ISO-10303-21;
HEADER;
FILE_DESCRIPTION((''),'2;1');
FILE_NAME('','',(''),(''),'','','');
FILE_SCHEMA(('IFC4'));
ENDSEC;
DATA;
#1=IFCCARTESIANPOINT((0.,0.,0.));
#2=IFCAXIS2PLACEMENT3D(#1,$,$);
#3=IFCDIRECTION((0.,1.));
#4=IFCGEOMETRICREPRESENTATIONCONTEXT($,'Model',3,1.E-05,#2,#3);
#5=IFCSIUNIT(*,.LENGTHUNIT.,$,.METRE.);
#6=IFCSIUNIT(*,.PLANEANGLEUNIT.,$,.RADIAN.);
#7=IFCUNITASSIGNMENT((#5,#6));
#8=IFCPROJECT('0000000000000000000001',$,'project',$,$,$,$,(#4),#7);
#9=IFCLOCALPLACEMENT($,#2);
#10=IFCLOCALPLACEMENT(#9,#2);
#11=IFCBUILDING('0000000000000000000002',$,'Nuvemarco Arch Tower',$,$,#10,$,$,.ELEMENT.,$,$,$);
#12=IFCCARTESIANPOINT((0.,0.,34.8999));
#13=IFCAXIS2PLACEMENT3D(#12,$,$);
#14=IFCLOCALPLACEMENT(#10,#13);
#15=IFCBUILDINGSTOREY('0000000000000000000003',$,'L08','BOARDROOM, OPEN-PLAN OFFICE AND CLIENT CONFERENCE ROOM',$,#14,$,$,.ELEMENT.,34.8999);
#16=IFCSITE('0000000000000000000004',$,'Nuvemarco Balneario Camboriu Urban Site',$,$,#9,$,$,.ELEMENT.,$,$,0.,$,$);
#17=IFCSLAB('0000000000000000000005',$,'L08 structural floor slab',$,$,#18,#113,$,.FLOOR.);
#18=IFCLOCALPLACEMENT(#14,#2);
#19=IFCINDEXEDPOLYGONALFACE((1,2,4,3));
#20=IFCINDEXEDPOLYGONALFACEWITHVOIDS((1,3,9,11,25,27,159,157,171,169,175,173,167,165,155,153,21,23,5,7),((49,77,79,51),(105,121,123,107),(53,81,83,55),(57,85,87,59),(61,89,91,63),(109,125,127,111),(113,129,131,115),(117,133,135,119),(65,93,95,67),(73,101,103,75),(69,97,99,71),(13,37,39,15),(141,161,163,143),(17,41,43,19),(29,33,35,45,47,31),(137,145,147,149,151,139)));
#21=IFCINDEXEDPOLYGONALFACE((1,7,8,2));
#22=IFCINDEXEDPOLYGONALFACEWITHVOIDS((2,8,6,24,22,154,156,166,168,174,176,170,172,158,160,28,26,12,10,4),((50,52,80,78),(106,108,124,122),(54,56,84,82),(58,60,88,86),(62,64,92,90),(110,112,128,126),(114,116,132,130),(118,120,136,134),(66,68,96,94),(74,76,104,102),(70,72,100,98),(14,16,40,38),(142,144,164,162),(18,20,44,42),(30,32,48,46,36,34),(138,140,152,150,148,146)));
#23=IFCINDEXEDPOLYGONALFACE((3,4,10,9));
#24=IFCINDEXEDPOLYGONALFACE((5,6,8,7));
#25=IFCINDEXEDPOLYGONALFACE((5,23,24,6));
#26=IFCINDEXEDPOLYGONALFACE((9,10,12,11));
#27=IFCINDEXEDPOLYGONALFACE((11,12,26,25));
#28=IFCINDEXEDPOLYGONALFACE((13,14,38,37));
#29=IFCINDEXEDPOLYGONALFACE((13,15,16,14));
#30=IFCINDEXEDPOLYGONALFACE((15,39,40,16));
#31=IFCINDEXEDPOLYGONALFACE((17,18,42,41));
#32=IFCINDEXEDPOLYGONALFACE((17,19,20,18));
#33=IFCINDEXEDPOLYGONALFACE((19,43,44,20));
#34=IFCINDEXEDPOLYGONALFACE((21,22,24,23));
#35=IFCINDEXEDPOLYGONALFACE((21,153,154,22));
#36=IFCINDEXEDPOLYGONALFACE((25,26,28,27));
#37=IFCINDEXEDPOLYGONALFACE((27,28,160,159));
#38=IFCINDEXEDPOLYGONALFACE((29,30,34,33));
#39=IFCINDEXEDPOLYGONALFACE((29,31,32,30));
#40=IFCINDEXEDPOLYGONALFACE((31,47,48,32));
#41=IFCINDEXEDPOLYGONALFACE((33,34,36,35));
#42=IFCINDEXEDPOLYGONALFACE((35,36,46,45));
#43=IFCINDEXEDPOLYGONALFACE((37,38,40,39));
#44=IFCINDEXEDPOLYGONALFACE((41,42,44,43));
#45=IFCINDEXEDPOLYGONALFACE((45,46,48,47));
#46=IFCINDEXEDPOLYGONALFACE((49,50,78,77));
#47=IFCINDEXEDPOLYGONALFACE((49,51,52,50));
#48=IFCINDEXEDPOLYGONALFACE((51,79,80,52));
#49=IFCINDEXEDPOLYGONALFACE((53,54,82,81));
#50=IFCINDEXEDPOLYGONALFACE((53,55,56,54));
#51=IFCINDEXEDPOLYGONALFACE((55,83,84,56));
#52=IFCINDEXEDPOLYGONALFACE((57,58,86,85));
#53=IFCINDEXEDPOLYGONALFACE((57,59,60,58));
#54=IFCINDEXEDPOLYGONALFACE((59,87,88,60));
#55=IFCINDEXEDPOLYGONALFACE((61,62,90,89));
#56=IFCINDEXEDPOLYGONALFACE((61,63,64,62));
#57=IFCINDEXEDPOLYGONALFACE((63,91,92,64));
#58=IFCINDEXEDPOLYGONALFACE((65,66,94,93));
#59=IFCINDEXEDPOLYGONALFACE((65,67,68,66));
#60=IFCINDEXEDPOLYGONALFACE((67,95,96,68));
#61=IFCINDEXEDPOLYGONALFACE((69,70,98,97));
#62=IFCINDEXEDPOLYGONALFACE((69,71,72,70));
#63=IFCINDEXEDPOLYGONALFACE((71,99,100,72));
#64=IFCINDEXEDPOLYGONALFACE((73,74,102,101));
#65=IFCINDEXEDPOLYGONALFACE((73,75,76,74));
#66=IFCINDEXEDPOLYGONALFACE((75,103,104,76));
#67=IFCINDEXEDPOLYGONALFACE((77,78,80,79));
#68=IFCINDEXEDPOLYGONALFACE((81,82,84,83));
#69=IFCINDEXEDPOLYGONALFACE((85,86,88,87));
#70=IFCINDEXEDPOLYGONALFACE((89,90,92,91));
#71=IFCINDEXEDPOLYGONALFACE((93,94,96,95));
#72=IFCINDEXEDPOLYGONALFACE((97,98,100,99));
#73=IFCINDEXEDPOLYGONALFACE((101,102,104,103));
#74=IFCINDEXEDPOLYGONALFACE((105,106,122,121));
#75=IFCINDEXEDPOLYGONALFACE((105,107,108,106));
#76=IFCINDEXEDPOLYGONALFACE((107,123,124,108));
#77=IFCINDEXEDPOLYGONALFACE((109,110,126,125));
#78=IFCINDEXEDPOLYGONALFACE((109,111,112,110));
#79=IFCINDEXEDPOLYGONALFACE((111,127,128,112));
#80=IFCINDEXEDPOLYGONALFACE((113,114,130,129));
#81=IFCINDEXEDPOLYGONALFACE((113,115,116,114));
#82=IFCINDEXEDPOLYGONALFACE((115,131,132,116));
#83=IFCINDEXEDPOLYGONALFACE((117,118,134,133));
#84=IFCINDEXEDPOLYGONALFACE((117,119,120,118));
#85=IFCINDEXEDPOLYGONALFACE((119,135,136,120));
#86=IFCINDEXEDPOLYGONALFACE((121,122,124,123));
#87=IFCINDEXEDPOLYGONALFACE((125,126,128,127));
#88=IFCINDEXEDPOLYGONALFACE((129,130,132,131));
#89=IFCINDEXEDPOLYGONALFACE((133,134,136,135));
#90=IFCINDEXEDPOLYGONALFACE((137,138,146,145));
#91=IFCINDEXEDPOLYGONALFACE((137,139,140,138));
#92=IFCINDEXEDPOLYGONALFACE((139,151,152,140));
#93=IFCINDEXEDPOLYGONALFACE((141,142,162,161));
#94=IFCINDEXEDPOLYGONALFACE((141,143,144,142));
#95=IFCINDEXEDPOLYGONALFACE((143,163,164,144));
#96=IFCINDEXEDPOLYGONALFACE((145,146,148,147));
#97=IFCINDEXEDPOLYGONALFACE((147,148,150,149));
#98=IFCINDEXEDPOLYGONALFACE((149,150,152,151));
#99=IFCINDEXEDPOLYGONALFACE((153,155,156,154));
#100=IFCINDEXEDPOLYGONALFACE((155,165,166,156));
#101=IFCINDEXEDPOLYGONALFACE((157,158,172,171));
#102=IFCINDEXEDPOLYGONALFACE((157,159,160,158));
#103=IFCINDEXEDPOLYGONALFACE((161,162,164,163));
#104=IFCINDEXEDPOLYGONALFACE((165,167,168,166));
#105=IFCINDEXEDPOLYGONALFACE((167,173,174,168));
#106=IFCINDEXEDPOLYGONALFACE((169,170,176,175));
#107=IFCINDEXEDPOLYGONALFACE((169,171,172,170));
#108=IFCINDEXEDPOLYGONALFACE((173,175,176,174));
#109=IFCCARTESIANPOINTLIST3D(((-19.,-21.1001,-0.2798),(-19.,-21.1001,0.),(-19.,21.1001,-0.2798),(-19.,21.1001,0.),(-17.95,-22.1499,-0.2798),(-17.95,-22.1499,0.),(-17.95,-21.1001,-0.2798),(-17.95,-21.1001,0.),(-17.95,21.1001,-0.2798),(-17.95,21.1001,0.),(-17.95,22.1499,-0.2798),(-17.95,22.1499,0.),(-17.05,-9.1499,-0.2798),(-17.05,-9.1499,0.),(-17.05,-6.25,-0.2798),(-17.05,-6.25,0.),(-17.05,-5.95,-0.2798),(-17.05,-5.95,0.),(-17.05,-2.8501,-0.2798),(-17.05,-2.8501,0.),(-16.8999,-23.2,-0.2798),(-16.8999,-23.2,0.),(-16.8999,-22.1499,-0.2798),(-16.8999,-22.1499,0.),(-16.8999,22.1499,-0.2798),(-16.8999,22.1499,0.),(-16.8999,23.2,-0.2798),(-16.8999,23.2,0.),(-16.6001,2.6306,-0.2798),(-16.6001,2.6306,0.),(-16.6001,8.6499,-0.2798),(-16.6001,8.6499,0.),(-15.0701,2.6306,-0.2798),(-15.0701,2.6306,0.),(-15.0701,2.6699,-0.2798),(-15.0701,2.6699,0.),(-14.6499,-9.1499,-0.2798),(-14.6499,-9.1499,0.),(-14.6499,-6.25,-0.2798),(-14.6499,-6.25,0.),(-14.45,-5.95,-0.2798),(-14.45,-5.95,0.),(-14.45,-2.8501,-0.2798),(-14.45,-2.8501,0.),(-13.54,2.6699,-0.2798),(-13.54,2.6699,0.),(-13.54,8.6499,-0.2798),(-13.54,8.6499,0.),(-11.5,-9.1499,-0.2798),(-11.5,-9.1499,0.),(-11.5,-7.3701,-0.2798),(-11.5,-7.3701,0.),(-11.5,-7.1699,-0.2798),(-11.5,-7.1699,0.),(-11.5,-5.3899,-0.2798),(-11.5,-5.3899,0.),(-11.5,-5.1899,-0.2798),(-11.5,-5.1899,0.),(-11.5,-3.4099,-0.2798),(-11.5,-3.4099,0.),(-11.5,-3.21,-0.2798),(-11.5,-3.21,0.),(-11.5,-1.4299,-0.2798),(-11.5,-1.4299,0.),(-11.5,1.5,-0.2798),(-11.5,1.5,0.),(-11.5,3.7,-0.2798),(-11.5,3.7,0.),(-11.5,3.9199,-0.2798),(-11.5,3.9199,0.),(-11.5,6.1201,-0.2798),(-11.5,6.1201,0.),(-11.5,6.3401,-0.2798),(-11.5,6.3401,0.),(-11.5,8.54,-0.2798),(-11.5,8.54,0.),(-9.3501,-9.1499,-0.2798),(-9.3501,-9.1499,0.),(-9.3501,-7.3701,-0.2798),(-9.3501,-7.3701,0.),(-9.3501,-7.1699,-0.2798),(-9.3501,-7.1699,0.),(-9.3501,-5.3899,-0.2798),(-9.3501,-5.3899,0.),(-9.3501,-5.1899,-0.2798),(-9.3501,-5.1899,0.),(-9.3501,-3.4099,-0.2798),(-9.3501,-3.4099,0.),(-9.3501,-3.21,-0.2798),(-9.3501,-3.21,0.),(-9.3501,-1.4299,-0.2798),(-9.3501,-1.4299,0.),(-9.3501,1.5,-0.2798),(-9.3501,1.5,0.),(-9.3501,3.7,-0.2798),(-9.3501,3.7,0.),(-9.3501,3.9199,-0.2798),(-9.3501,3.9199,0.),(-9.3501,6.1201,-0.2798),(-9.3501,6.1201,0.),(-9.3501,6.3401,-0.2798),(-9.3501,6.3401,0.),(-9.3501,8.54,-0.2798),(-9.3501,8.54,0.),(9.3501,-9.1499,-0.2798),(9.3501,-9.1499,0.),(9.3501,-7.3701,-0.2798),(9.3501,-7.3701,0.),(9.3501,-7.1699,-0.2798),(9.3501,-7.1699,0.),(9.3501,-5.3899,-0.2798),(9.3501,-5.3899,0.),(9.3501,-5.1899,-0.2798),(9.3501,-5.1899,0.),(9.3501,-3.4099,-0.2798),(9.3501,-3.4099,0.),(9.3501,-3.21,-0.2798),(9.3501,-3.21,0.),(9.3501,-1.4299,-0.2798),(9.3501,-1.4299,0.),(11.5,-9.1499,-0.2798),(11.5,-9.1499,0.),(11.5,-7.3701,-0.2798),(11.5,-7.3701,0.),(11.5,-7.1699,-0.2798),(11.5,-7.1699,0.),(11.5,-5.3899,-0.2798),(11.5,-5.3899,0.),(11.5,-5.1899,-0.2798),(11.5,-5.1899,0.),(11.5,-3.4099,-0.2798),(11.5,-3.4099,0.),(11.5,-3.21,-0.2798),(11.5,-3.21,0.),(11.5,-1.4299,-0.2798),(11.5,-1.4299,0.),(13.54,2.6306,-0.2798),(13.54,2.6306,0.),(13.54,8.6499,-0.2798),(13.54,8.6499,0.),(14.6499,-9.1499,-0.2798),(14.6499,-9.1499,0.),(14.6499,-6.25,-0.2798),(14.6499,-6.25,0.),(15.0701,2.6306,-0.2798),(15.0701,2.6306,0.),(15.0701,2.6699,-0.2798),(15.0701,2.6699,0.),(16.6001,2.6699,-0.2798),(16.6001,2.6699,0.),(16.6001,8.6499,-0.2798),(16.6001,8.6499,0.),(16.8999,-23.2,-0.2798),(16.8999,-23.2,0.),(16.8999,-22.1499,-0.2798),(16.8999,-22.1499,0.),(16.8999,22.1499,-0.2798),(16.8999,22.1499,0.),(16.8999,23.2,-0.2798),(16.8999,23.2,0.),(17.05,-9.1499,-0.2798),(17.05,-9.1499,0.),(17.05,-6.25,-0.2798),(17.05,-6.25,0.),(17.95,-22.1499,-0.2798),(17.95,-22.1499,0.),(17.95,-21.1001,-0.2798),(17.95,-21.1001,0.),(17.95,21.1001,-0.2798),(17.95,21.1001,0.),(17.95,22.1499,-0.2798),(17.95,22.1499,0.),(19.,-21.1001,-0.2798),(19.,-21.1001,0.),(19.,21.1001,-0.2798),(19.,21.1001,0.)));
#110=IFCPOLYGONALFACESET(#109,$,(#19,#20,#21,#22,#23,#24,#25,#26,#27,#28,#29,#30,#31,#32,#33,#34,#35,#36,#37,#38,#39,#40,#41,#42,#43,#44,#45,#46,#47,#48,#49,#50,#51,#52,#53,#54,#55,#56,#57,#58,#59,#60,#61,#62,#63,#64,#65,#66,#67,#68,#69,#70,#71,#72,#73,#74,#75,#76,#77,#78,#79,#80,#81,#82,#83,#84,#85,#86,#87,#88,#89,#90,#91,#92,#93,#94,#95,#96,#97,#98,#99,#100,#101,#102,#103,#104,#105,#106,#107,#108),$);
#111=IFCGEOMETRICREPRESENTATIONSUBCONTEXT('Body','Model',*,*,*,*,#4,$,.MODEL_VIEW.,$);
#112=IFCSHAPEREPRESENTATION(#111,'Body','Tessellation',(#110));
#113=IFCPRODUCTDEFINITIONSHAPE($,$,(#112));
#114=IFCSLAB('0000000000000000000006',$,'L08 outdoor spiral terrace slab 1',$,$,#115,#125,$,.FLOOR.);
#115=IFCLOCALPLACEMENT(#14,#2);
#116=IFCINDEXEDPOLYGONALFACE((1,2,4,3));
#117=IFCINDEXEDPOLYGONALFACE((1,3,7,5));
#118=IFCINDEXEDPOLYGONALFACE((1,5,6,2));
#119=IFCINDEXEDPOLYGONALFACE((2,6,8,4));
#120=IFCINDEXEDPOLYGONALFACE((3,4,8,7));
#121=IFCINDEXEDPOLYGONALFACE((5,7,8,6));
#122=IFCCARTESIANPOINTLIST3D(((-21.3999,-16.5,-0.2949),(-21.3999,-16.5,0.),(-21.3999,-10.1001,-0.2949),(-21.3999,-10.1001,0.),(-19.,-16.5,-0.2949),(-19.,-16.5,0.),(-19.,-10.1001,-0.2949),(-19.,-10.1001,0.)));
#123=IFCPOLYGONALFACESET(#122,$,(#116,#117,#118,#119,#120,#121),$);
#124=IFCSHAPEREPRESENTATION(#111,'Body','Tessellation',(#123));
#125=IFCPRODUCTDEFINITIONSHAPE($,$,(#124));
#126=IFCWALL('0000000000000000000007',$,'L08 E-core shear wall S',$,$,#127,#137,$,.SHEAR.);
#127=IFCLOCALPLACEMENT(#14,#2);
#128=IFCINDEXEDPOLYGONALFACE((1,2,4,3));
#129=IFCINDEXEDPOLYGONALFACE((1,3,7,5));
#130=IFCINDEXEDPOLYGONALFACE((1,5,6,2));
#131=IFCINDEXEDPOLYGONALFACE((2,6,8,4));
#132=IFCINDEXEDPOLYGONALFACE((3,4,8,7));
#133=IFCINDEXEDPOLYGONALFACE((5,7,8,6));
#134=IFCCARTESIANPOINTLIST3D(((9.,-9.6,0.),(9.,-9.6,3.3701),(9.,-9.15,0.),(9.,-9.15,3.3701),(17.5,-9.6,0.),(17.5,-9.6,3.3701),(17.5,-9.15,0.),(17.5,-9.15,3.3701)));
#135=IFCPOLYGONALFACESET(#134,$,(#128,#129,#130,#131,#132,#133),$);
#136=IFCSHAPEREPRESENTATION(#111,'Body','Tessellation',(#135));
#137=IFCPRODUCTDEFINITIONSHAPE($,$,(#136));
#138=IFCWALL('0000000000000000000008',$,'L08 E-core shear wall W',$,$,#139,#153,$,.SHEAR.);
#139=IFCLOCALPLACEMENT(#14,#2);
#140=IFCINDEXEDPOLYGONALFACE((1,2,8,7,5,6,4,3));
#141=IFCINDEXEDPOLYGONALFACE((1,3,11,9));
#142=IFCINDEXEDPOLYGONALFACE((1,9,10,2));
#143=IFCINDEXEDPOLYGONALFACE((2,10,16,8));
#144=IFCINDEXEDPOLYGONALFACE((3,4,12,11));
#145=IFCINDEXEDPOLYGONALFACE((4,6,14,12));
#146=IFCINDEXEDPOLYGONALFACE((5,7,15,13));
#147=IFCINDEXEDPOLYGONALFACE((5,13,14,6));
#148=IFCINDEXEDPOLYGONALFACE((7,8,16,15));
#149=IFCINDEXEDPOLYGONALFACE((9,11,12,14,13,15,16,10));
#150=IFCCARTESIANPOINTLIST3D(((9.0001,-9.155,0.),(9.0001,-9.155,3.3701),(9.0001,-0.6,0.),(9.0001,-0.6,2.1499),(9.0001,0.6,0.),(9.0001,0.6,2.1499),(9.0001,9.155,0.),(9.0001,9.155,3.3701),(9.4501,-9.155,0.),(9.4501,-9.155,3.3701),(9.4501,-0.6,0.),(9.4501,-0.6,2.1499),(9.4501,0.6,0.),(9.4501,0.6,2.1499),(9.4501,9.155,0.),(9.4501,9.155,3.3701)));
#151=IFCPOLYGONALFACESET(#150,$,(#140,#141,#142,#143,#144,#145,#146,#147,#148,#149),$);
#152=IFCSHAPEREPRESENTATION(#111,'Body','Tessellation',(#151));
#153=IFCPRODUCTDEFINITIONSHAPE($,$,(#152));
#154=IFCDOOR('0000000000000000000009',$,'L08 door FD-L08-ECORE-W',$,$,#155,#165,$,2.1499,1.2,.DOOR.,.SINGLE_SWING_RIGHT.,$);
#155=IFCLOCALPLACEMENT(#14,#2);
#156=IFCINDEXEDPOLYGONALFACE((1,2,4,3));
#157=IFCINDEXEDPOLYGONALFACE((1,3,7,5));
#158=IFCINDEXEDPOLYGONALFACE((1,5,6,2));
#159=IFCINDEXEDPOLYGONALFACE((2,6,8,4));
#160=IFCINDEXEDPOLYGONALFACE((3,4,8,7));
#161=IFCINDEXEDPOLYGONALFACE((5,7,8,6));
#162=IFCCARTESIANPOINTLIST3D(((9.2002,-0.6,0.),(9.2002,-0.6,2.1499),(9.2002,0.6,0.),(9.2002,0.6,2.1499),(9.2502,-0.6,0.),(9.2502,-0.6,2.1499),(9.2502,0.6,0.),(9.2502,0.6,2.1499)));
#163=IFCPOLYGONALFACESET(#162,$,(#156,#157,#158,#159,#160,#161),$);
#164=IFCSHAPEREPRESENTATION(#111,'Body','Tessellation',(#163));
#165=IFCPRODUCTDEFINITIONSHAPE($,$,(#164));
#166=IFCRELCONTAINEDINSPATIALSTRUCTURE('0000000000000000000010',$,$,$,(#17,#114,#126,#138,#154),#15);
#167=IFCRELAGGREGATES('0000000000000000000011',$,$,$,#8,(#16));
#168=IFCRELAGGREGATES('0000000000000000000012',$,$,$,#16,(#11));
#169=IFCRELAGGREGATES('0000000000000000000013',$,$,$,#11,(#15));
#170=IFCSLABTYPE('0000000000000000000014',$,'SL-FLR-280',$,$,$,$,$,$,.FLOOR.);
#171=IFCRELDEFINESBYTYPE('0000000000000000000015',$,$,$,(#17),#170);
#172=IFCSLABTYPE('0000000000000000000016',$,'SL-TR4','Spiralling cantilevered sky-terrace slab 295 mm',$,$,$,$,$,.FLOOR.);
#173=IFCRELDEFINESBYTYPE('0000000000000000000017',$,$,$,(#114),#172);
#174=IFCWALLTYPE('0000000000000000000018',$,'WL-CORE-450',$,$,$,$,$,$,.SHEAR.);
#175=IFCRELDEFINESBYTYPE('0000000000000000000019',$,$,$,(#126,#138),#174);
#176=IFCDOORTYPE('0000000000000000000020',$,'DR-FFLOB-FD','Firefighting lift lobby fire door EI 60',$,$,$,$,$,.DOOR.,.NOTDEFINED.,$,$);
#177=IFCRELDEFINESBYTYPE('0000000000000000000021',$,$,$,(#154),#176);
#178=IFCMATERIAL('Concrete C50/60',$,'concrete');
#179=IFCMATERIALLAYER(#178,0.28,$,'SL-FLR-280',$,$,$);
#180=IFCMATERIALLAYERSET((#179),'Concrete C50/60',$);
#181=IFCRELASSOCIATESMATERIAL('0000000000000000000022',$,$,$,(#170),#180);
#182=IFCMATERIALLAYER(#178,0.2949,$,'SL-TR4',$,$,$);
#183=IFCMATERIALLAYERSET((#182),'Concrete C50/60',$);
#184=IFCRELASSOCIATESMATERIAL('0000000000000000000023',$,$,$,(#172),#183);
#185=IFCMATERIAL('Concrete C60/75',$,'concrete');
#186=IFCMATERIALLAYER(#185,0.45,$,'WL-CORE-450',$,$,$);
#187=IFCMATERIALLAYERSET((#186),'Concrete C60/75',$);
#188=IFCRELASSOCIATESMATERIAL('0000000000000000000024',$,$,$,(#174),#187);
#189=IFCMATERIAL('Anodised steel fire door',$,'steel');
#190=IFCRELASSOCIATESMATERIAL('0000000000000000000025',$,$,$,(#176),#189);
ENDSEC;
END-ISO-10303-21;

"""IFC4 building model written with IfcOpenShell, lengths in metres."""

from ifc_helpers import new_model, si_unit, direction, frame, frame_2d, origin, place, context, subcontext, project, spatial, polyline, rectangle, outline, extrude, source, transform, mapped, material, layer, layer_set, type_object, type_shapes, element, fill, save


model = new_model("IFC4")

# Units and contexts
model_context = context("Model", 3, precision=1e-05, world=origin(), true_north=direction((0.0, 1.0)))
body_context = subcontext(model_context, "Body", "Model", "MODEL_VIEW")
ifc_project = project(units=[si_unit("LENGTHUNIT", "METRE"), si_unit("PLANEANGLEUNIT", "RADIAN")], contexts=[model_context])

# Site, building, storey
site_placement = place(None, origin())
site = spatial("IfcSite", under=ifc_project, at=site_placement, Name="Nuvemarco Balneario Camboriu Urban Site", CompositionType="ELEMENT", RefElevation=0.0)
building_placement = place(site_placement, origin())
building = spatial("IfcBuilding", under=site, at=building_placement, Name="Nuvemarco Arch Tower", CompositionType="ELEMENT")
storey_placement = place(building_placement, frame((0.0, 0.0, 34.8999)))
storey = spatial("IfcBuildingStorey", under=building, at=storey_placement, Name="L08", Description="BOARDROOM, OPEN-PLAN OFFICE AND CLIENT CONFERENCE ROOM", CompositionType="ELEMENT", Elevation=34.8999)

# Shared definitions
ifc_material_1 = material(Name="Concrete C60/75", Category="concrete")

# Slabs
ifc_material_2 = material(Name="Concrete C50/60", Category="concrete")
ifc_layer_1 = layer(ifc_material_2, 0.28, Name="SL-FLR-280")
ifc_layer_set_1 = layer_set([ifc_layer_1], Name="Concrete C50/60")
slab_type_1 = type_object("IfcSlabType", Name="SL-FLR-280", PredefinedType="FLOOR", material=ifc_layer_set_1)
slab_1_placement = place(storey_placement, frame((0.0, 0.0, -0.2798)))
element("IfcSlab", 1, at=slab_1_placement, inside=storey, type_object=slab_type_1, Name="L08 structural floor slab", PredefinedType="FLOOR", context=body_context, shape_type="SweptSolid", body=[
    extrude(outline(polyline([(-16.8999, -23.2), (16.8999, -23.2), (16.8999, -22.1499), (17.95, -22.1499), (17.95, -21.1001), (19.0, -21.1001), (19.0, 21.1001), (17.95, 21.1001), (17.95, 22.1499), (16.8999, 22.1499), (16.8999, 23.2), (-16.8999, 23.2), (-16.8999, 22.1499), (-17.95, 22.1499), (-17.95, 21.1001), (-19.0, 21.1001), (-19.0, -21.1001), (-17.95, -21.1001), (-17.95, -22.1499), (-16.8999, -22.1499), (-16.8999, -23.2)]), holes=[polyline([(-13.54, 2.6699), (-13.54, 8.6499), (-16.6001, 8.6499), (-16.6001, 2.6306), (-15.0701, 2.6306), (-15.0701, 2.6699), (-13.54, 2.6699)]), polyline([(16.6001, 2.6699), (16.6001, 8.6499), (13.54, 8.6499), (13.54, 2.6306), (15.0701, 2.6306), (15.0701, 2.6699), (16.6001, 2.6699)]), polyline([(-17.05, -9.1499), (-14.6499, -9.1499), (-14.6499, -6.25), (-17.05, -6.25), (-17.05, -9.1499)]), polyline([(-17.05, -5.95), (-14.45, -5.95), (-14.45, -2.8501), (-17.05, -2.8501), (-17.05, -5.95)]), polyline([(-11.5, -9.1499), (-9.3501, -9.1499), (-9.3501, -7.3701), (-11.5, -7.3701), (-11.5, -9.1499)]), polyline([(-11.5, -7.1699), (-9.3501, -7.1699), (-9.3501, -5.3899), (-11.5, -5.3899), (-11.5, -7.1699)]), polyline([(-11.5, -5.1899), (-9.3501, -5.1899), (-9.3501, -3.4099), (-11.5, -3.4099), (-11.5, -5.1899)]), polyline([(-11.5, -3.21), (-9.3501, -3.21), (-9.3501, -1.4299), (-11.5, -1.4299), (-11.5, -3.21)]), polyline([(-11.5, 1.5), (-9.3501, 1.5), (-9.3501, 3.7), (-11.5, 3.7), (-11.5, 1.5)]), polyline([(-11.5, 3.9199), (-9.3501, 3.9199), (-9.3501, 6.1201), (-11.5, 6.1201), (-11.5, 3.9199)]), polyline([(-11.5, 6.3401), (-9.3501, 6.3401), (-9.3501, 8.54), (-11.5, 8.54), (-11.5, 6.3401)]), polyline([(14.6499, -9.1499), (17.05, -9.1499), (17.05, -6.25), (14.6499, -6.25), (14.6499, -9.1499)]), polyline([(9.3501, -9.1499), (11.5, -9.1499), (11.5, -7.3701), (9.3501, -7.3701), (9.3501, -9.1499)]), polyline([(9.3501, -7.1699), (11.5, -7.1699), (11.5, -5.3899), (9.3501, -5.3899), (9.3501, -7.1699)]), polyline([(9.3501, -5.1899), (11.5, -5.1899), (11.5, -3.4099), (9.3501, -3.4099), (9.3501, -5.1899)]), polyline([(9.3501, -3.21), (11.5, -3.21), (11.5, -1.4299), (9.3501, -1.4299), (9.3501, -3.21)])]), origin(), (0.0, 0.0, 1.0), 0.2798),
])
ifc_layer_2 = layer(ifc_material_2, 0.2949, Name="SL-TR4")
ifc_layer_set_2 = layer_set([ifc_layer_2], Name="Concrete C50/60")
slab_type_2 = type_object("IfcSlabType", Name="SL-TR4", Description="Spiralling cantilevered sky-terrace slab 295 mm", PredefinedType="FLOOR", material=ifc_layer_set_2)
slab_2_placement = place(storey_placement, frame((0.0, 0.0, -0.2949)))
element("IfcSlab", 2, at=slab_2_placement, inside=storey, type_object=slab_type_2, Name="L08 outdoor spiral terrace slab 1", PredefinedType="FLOOR", context=body_context, shape_type="SweptSolid", body=[
    extrude(outline(polyline([(-21.3999, -16.5), (-19.0, -16.5), (-19.0, -10.1001), (-21.3999, -10.1001), (-21.3999, -16.5)])), origin(), (0.0, 0.0, 1.0), 0.2949),
])

# Wall
ifc_layer_3 = layer(ifc_material_1, 0.45, Name="WL-CORE-450")
ifc_layer_set_3 = layer_set([ifc_layer_3], Name="Concrete C60/75")
wall_type_1 = type_object("IfcWallType", Name="WL-CORE-450", PredefinedType="SHEAR", material=ifc_layer_set_3)
wall_1_placement = place(storey_placement, frame((9.0, -9.375, 0.0), z_axis=(0.0, 0.0, 1.0), x_axis=(1.0, 0.0, 0.0)))
element("IfcWall", 3, at=wall_1_placement, inside=storey, type_object=wall_type_1, Name="L08 E-core shear wall S", PredefinedType="SHEAR", context=body_context, shape_type="SweptSolid", body=[
    extrude(rectangle(XDim=8.5, YDim=0.45, at=frame_2d((4.25, 0.0))), origin(), (0.0, 0.0, 1.0), 3.3701),
])

# Wall, opening, door
wall_2_placement = place(storey_placement, frame((9.2251, -9.155, 0.0), z_axis=(0.0, 0.0, 1.0), x_axis=(0.0, 1.0, 0.0)))
wall_2 = element("IfcWall", 4, at=wall_2_placement, inside=storey, type_object=wall_type_1, Name="L08 E-core shear wall W", PredefinedType="SHEAR", context=body_context, shape_type="SweptSolid", body=[
    extrude(rectangle(XDim=18.3101, YDim=0.45, at=frame_2d((9.155, 0.0))), origin(), (0.0, 0.0, 1.0), 3.3701),
])
opening_placement = place(wall_2_placement, frame((8.5549, 0.0, 0.0)))
opening = element("IfcOpeningElement", 5, at=opening_placement, cuts=wall_2, PredefinedType="OPENING", context=body_context, shape_type="SweptSolid", body=[
    extrude(rectangle(XDim=1.2, YDim=2.1499, at=frame_2d((0.6001, 1.075))), frame((0.0, 0.2349, 0.0), z_axis=(0.0, -1.0, 0.0), x_axis=(1.0, 0.0, 0.0)), (0.0, 0.0, 1.0), 0.47),
])
ifc_material_3 = material(Name="Anodised steel fire door", Category="steel")
door_type = type_object("IfcDoorType", Name="DR-FFLOB-FD", Description="Firefighting lift lobby fire door EI 60", OperationType="NOTDEFINED", PredefinedType="DOOR", material=ifc_material_3)
shared_shape = source(origin(), body_context, "Body", "SweptSolid", [
    extrude(rectangle(XDim=1.2, YDim=2.1499, at=frame_2d((0.6001, 1.075))), frame((0.0, 0.0249, 0.0), z_axis=(0.0, -1.0, 0.0), x_axis=(1.0, 0.0, 0.0)), (0.0, 0.0, 1.0), 0.05),
])
type_shapes(door_type, [shared_shape])
door_placement = place(opening_placement, origin())
door = element("IfcDoor", 6, at=door_placement, inside=storey, type_object=door_type, Name="L08 door FD-L08-ECORE-W", OperationType="SINGLE_SWING_RIGHT", OverallHeight=2.1499, OverallWidth=1.2, PredefinedType="DOOR", context=body_context, shape_type="MappedRepresentation", body=[
    mapped(shared_shape, transform((0.0, 0.0, 0.0), scale=1.0)),
])
fill(opening, door)

save(model, "model.ifc")
